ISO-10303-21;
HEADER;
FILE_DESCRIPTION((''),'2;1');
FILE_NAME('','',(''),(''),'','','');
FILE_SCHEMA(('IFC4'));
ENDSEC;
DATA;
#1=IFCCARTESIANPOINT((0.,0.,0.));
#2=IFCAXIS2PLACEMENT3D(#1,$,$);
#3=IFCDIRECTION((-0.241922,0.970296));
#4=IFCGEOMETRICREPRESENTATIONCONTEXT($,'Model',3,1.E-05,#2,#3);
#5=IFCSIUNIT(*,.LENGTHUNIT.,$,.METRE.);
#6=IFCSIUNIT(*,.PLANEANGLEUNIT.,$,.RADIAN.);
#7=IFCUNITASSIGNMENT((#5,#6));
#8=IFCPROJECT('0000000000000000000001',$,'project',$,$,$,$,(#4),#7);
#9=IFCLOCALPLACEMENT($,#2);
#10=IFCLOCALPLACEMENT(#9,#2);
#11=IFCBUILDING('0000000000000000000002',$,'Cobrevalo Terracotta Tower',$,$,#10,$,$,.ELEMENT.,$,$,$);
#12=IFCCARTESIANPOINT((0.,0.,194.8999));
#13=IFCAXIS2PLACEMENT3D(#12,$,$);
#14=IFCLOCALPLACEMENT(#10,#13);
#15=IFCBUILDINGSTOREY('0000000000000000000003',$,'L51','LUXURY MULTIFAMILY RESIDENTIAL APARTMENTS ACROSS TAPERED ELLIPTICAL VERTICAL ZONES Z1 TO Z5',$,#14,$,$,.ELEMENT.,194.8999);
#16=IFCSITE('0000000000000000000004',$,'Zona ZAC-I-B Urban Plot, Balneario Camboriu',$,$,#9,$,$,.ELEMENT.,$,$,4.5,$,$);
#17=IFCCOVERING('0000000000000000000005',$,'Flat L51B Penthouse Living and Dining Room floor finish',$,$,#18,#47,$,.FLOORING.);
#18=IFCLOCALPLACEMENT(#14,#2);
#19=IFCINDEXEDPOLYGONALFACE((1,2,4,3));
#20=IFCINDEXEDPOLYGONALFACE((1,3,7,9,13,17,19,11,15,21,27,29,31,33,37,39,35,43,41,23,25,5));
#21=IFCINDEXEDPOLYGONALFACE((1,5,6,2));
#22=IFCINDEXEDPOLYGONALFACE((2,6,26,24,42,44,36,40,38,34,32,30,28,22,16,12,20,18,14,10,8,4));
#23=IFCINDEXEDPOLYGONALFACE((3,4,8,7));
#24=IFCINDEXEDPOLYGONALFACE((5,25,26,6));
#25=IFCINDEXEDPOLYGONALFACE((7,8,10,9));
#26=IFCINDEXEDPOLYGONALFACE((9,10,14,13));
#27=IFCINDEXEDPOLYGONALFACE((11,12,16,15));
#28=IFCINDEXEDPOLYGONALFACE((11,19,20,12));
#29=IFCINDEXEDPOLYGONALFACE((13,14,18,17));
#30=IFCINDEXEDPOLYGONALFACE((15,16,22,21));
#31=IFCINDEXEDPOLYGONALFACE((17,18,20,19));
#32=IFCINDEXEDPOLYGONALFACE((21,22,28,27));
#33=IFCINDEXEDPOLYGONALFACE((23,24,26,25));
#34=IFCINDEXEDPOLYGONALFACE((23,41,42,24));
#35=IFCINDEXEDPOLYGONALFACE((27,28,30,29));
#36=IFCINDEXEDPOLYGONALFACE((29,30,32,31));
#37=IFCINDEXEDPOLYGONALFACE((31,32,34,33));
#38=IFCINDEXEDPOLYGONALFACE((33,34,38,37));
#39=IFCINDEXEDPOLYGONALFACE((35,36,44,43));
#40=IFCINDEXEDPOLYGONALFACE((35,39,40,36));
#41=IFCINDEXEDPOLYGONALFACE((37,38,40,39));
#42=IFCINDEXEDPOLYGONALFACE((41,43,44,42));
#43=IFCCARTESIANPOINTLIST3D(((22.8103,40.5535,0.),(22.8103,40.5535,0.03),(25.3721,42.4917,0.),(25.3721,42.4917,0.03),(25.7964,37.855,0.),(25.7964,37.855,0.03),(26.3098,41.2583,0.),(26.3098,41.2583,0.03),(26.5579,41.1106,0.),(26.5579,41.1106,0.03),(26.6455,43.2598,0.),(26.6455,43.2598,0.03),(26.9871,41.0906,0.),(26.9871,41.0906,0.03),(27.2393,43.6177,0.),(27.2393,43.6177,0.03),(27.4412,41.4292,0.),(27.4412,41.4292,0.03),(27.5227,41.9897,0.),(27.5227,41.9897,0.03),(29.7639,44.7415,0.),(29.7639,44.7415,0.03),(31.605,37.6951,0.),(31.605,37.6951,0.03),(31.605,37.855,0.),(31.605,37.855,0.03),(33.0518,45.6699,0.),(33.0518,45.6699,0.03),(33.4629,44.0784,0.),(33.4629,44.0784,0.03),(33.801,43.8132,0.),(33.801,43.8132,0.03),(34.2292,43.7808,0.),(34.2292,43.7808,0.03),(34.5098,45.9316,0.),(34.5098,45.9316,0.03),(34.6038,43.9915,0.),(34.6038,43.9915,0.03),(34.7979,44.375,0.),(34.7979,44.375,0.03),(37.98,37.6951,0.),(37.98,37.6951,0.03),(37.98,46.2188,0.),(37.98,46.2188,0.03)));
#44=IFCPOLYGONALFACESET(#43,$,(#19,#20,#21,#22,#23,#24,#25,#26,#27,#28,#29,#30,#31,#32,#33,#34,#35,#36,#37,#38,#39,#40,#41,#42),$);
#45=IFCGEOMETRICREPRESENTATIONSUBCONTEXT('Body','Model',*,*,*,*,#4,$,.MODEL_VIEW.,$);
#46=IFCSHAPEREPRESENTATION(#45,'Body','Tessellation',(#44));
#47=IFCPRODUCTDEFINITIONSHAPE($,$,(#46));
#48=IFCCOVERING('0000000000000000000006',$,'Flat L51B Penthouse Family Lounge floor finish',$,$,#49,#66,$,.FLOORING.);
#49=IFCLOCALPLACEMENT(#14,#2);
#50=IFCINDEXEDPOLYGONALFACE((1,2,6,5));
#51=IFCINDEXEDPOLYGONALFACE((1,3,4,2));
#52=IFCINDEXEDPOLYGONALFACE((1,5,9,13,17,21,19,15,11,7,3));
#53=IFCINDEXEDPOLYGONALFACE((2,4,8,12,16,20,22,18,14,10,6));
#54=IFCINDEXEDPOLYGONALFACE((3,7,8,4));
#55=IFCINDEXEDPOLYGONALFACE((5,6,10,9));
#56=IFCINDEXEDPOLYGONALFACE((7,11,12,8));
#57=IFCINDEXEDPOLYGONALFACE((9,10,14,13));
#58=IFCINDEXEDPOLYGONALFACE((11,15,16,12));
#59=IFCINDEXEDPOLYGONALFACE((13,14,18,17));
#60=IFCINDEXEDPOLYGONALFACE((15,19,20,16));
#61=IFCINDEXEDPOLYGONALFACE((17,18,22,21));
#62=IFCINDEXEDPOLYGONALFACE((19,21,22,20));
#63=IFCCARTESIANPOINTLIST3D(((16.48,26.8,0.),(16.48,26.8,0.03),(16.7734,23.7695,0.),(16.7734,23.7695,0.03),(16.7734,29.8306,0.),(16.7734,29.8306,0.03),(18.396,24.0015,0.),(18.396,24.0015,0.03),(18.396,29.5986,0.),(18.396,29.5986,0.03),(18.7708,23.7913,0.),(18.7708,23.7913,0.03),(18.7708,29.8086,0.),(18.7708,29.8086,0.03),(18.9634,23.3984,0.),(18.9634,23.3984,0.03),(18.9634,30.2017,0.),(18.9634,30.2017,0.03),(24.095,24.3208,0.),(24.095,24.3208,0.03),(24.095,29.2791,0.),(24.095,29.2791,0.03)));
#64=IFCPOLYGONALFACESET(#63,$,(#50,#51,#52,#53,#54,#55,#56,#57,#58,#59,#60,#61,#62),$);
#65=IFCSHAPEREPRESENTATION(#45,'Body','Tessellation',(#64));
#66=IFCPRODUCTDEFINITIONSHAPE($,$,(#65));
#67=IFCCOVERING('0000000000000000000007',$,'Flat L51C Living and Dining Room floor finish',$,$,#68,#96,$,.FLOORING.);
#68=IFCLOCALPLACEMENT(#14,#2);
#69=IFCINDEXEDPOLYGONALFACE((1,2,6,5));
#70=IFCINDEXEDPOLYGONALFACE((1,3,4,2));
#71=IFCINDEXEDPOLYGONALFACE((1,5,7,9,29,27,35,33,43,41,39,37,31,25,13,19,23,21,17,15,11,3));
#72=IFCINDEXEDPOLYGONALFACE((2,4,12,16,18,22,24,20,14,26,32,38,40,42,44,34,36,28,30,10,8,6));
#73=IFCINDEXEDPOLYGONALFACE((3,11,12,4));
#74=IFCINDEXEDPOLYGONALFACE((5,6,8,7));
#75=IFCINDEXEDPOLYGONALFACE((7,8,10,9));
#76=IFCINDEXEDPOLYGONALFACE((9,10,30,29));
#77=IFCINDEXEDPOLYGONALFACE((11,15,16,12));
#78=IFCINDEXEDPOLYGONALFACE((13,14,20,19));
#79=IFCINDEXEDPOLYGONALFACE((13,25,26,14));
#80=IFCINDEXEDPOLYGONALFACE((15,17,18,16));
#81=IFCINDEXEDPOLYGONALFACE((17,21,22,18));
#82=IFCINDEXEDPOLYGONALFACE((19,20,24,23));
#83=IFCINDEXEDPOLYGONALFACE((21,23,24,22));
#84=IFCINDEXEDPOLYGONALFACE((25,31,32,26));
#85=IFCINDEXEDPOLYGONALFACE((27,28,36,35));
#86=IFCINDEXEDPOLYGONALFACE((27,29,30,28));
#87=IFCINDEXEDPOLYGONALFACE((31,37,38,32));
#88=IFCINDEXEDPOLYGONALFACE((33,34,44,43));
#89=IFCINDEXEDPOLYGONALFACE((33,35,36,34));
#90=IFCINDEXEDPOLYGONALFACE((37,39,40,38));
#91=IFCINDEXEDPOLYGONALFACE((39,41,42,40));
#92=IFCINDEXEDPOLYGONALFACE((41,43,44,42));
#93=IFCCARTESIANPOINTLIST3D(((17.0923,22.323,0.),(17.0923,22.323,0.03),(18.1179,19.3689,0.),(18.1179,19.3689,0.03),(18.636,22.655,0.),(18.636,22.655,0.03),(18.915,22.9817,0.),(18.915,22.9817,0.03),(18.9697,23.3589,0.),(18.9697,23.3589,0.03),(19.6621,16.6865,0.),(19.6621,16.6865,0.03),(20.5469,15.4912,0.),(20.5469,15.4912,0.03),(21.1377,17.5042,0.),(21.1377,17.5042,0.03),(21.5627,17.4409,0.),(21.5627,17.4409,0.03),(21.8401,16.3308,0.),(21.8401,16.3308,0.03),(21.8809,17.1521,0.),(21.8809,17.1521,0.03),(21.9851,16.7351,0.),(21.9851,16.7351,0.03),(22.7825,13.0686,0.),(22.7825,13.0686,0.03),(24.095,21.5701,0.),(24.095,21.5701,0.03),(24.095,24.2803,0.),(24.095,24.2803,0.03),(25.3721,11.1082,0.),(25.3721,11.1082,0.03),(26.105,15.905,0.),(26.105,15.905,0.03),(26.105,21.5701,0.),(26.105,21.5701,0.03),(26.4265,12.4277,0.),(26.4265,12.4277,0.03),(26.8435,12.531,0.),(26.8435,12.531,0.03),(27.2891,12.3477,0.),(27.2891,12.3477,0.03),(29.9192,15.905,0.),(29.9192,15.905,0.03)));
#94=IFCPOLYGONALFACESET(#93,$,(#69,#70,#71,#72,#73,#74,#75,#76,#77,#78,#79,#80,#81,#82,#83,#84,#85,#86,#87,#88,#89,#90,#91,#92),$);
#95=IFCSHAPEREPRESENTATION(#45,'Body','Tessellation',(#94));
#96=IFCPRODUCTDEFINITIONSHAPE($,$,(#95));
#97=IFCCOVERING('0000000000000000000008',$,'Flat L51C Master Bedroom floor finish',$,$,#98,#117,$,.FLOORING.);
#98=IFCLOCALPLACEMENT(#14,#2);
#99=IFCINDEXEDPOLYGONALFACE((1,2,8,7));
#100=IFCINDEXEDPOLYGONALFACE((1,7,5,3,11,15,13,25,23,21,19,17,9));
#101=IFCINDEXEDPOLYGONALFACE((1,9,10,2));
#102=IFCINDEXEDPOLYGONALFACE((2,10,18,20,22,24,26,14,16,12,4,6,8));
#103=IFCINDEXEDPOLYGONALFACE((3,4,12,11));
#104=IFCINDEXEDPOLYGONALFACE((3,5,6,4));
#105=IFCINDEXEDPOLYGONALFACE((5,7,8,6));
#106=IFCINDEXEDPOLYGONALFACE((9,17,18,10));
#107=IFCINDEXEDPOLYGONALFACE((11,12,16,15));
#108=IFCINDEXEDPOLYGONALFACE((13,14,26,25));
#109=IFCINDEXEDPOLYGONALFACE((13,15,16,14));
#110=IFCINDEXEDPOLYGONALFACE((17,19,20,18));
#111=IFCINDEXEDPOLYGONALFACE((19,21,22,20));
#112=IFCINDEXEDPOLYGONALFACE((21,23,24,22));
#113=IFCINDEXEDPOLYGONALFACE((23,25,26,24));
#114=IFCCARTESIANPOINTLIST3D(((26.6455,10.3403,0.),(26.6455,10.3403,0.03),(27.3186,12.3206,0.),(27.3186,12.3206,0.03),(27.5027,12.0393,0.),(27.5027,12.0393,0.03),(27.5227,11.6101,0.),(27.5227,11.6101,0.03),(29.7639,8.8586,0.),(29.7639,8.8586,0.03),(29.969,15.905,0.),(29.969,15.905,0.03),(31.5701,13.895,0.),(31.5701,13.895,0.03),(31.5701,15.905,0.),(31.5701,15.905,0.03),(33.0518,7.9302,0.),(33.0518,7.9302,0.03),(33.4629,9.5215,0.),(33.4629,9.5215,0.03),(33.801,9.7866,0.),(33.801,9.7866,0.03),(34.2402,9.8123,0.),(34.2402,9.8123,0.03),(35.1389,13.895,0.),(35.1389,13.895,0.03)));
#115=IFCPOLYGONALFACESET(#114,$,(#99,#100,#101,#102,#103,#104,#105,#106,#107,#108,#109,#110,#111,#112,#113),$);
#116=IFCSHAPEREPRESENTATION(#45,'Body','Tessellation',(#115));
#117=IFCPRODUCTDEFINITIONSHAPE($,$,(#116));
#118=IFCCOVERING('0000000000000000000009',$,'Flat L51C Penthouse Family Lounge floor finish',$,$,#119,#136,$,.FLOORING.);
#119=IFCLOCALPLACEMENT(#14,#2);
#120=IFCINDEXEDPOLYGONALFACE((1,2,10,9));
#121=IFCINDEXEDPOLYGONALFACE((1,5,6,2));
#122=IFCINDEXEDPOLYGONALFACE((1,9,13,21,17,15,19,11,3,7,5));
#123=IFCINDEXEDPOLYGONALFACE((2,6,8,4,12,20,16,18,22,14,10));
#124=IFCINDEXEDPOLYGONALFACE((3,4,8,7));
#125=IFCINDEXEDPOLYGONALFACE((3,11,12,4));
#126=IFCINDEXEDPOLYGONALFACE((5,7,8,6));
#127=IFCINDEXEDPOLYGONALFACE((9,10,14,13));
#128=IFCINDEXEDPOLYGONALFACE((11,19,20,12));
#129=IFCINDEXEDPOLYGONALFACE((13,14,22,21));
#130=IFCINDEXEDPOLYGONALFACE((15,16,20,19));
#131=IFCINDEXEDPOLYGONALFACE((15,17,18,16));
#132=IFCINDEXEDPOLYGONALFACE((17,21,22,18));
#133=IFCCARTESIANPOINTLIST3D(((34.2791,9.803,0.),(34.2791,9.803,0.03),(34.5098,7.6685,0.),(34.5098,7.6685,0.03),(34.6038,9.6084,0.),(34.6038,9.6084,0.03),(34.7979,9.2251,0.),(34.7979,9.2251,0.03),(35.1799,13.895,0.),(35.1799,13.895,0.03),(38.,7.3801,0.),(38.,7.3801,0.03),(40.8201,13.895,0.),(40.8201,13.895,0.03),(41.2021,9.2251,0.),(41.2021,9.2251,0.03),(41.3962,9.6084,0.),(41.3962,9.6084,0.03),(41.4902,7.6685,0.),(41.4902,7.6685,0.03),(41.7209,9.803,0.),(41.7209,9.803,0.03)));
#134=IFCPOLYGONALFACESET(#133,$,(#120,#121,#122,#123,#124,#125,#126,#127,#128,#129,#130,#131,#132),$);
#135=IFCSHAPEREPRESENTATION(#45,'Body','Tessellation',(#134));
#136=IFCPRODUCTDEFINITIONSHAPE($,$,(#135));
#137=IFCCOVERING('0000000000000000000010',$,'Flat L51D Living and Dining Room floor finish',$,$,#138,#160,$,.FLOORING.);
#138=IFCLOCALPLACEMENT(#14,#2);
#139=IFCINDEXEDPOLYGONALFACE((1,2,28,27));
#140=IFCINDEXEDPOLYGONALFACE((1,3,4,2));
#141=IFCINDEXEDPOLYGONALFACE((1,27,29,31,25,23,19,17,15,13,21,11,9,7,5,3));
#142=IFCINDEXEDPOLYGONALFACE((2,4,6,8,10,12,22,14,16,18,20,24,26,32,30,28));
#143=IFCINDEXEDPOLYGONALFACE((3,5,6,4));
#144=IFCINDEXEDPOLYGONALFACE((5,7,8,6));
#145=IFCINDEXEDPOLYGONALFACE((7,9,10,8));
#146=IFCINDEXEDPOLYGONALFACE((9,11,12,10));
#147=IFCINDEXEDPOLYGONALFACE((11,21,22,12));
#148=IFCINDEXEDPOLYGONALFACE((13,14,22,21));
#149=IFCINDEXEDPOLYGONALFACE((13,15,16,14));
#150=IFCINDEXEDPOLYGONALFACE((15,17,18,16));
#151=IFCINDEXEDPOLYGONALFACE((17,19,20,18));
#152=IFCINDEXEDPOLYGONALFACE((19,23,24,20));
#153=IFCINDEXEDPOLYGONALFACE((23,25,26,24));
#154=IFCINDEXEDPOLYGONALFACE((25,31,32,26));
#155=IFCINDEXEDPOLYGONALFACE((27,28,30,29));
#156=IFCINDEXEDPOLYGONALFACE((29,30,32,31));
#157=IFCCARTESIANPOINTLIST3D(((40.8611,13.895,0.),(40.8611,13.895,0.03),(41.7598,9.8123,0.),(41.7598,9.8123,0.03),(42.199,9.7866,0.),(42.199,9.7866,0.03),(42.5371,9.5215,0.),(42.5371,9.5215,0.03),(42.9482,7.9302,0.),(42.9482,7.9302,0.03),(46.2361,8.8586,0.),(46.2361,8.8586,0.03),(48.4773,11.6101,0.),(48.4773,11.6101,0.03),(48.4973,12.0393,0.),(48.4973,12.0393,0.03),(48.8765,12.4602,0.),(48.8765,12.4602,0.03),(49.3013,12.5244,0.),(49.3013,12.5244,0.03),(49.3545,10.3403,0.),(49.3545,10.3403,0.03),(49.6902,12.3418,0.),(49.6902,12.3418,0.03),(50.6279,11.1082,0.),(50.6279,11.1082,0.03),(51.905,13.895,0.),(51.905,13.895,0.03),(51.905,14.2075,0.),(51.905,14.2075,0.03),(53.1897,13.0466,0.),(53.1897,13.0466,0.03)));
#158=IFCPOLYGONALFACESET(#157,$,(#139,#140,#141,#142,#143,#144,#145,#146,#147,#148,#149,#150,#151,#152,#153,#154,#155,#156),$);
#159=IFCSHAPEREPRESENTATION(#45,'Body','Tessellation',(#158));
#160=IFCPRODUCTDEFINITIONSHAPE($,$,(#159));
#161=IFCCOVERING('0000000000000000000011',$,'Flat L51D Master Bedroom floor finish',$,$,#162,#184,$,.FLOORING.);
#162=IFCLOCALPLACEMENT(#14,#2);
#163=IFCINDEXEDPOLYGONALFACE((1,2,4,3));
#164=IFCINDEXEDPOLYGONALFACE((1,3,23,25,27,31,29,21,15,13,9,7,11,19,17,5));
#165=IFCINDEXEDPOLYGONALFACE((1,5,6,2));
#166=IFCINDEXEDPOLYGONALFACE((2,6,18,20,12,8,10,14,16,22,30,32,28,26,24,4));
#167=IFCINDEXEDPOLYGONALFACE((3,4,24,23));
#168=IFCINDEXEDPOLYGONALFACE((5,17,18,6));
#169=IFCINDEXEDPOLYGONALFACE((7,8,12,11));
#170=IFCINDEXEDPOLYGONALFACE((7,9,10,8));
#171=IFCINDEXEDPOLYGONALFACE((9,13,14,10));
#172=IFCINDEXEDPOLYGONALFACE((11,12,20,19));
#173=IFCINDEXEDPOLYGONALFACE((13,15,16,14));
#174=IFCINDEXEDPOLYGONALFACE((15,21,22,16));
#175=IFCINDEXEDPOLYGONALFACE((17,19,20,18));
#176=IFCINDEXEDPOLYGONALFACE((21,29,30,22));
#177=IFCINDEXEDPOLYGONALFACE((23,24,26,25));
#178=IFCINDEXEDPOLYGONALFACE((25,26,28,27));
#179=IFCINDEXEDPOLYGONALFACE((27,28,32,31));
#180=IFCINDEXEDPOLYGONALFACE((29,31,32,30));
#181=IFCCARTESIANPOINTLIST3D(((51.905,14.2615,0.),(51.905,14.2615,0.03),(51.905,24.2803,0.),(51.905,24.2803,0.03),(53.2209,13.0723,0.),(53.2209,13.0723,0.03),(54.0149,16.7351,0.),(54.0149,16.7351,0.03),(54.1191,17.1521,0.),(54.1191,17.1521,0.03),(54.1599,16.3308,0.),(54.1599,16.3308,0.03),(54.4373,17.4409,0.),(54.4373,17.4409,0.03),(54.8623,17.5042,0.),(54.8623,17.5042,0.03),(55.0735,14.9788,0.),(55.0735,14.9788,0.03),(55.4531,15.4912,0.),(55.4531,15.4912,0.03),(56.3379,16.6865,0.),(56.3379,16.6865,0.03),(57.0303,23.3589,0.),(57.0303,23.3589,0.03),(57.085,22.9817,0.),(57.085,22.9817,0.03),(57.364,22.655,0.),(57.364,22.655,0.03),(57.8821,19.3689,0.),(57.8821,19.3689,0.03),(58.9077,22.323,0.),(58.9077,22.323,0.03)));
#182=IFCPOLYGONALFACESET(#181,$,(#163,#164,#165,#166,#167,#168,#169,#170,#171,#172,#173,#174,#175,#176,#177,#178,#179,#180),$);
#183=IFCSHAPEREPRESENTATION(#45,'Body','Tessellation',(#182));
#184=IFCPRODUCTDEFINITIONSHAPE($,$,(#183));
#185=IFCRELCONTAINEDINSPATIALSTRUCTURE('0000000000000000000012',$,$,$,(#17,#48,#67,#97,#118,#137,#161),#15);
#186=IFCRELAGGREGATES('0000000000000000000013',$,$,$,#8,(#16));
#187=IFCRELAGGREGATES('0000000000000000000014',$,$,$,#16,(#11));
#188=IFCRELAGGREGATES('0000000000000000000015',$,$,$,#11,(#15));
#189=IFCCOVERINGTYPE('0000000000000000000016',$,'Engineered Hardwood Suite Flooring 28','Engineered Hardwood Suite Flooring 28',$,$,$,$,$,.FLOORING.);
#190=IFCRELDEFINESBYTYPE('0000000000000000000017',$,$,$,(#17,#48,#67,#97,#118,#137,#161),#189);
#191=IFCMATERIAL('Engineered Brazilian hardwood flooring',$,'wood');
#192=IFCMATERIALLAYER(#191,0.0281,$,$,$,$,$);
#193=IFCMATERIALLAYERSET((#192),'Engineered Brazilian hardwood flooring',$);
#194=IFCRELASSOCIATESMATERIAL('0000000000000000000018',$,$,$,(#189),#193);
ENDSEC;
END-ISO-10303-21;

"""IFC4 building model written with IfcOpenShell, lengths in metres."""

from ifc_helpers import new_model, si_unit, direction, frame, origin, place, context, subcontext, project, spatial, polyline, outline, extrude, material, layer, layer_set, type_object, element, save


model = new_model("IFC4")

# Units and contexts
model_context = context("Model", 3, precision=1e-05, world=origin(), true_north=direction((-0.241922, 0.970296)))
body_context = subcontext(model_context, "Body", "Model", "MODEL_VIEW")
ifc_project = project(units=[si_unit("LENGTHUNIT", "METRE"), si_unit("PLANEANGLEUNIT", "RADIAN")], contexts=[model_context])

# Site, building, storey
site_placement = place(None, origin())
site = spatial("IfcSite", under=ifc_project, at=site_placement, Name="Zona ZAC-I-B Urban Plot, Balneario Camboriu", CompositionType="ELEMENT", RefElevation=4.5)
building_placement = place(site_placement, origin())
building = spatial("IfcBuilding", under=site, at=building_placement, Name="Cobrevalo Terracotta Tower", CompositionType="ELEMENT")
storey_placement = place(building_placement, frame((0.0, 0.0, 194.8999)))
storey = spatial("IfcBuildingStorey", under=building, at=storey_placement, Name="L51", Description="LUXURY MULTIFAMILY RESIDENTIAL APARTMENTS ACROSS TAPERED ELLIPTICAL VERTICAL ZONES Z1 TO Z5", CompositionType="ELEMENT", Elevation=194.8999)

# Coverings
ifc_material_1 = material(Name="Engineered Brazilian hardwood flooring", Category="wood")
ifc_layer_1 = layer(ifc_material_1, 0.0281)
ifc_layer_set_1 = layer_set([ifc_layer_1], Name="Engineered Brazilian hardwood flooring")
covering_type_1 = type_object("IfcCoveringType", Name="Engineered Hardwood Suite Flooring 28", Description="Engineered Hardwood Suite Flooring 28", PredefinedType="FLOORING", material=ifc_layer_set_1)
covering_1_placement = place(storey_placement, origin())
element("IfcCovering", 1, at=covering_1_placement, inside=storey, type_object=covering_type_1, Name="Flat L51B Penthouse Living and Dining Room floor finish", PredefinedType="FLOORING", context=body_context, shape_type="SweptSolid", body=[
    extrude(outline(polyline([(25.3721, 42.4917), (26.3098, 41.2583), (26.5579, 41.1106), (26.9871, 41.0906), (27.4412, 41.4292), (27.5227, 41.9897), (26.6455, 43.2598), (27.2393, 43.6177), (29.7639, 44.7415), (33.0518, 45.6699), (33.4629, 44.0784), (33.801, 43.8132), (34.2292, 43.7808), (34.6038, 43.9915), (34.7979, 44.375), (34.5098, 45.9316), (37.98, 46.2188), (37.98, 37.6951), (31.605, 37.6951), (31.605, 37.855), (25.7964, 37.855), (22.8103, 40.5535), (25.3721, 42.4917)])), origin(), (0.0, 0.0, 1.0), 0.03),
])
covering_2_placement = place(storey_placement, origin())
element("IfcCovering", 2, at=covering_2_placement, inside=storey, type_object=covering_type_1, Name="Flat L51B Penthouse Family Lounge floor finish", PredefinedType="FLOORING", context=body_context, shape_type="SweptSolid", body=[
    extrude(outline(polyline([(16.7734, 29.8306), (18.396, 29.5986), (18.7708, 29.8086), (18.9634, 30.2017), (24.095, 29.2791), (24.095, 24.3208), (18.9634, 23.3984), (18.7708, 23.7913), (18.396, 24.0015), (16.7734, 23.7695), (16.48, 26.8), (16.7734, 29.8306)])), origin(), (0.0, 0.0, 1.0), 0.03),
])
covering_3_placement = place(storey_placement, origin())
element("IfcCovering", 3, at=covering_3_placement, inside=storey, type_object=covering_type_1, Name="Flat L51C Living and Dining Room floor finish", PredefinedType="FLOORING", context=body_context, shape_type="SweptSolid", body=[
    extrude(outline(polyline([(22.7825, 13.0686), (20.5469, 15.4912), (21.8401, 16.3308), (21.9851, 16.7351), (21.8809, 17.1521), (21.5627, 17.4409), (21.1377, 17.5042), (19.6621, 16.6865), (18.1179, 19.3689), (17.0923, 22.323), (18.636, 22.655), (18.915, 22.9817), (18.9697, 23.3589), (24.095, 24.2803), (24.095, 21.5701), (26.105, 21.5701), (26.105, 15.905), (29.9192, 15.905), (27.2891, 12.3477), (26.8435, 12.531), (26.4265, 12.4277), (25.3721, 11.1082), (22.7825, 13.0686)])), origin(), (0.0, 0.0, 1.0), 0.03),
])
covering_4_placement = place(storey_placement, origin())
element("IfcCovering", 4, at=covering_4_placement, inside=storey, type_object=covering_type_1, Name="Flat L51C Master Bedroom floor finish", PredefinedType="FLOORING", context=body_context, shape_type="SweptSolid", body=[
    extrude(outline(polyline([(29.7639, 8.8586), (26.6455, 10.3403), (27.5227, 11.6101), (27.5027, 12.0393), (27.3186, 12.3206), (29.969, 15.905), (31.5701, 15.905), (31.5701, 13.895), (35.1389, 13.895), (34.2402, 9.8123), (33.801, 9.7866), (33.4629, 9.5215), (33.0518, 7.9302), (29.7639, 8.8586)])), origin(), (0.0, 0.0, 1.0), 0.03),
])
covering_5_placement = place(storey_placement, origin())
element("IfcCovering", 5, at=covering_5_placement, inside=storey, type_object=covering_type_1, Name="Flat L51C Penthouse Family Lounge floor finish", PredefinedType="FLOORING", context=body_context, shape_type="SweptSolid", body=[
    extrude(outline(polyline([(34.5098, 7.6685), (34.7979, 9.2251), (34.6038, 9.6084), (34.2791, 9.803), (35.1799, 13.895), (40.8201, 13.895), (41.7209, 9.803), (41.3962, 9.6084), (41.2021, 9.2251), (41.4902, 7.6685), (38.0, 7.3801), (34.5098, 7.6685)])), origin(), (0.0, 0.0, 1.0), 0.03),
])
covering_6_placement = place(storey_placement, origin())
element("IfcCovering", 6, at=covering_6_placement, inside=storey, type_object=covering_type_1, Name="Flat L51D Living and Dining Room floor finish", PredefinedType="FLOORING", context=body_context, shape_type="SweptSolid", body=[
    extrude(outline(polyline([(50.6279, 11.1082), (49.6902, 12.3418), (49.3013, 12.5244), (48.8765, 12.4602), (48.4973, 12.0393), (48.4773, 11.6101), (49.3545, 10.3403), (46.2361, 8.8586), (42.9482, 7.9302), (42.5371, 9.5215), (42.199, 9.7866), (41.7598, 9.8123), (40.8611, 13.895), (51.905, 13.895), (51.905, 14.2075), (53.1897, 13.0466), (50.6279, 11.1082)])), origin(), (0.0, 0.0, 1.0), 0.03),
])
covering_7_placement = place(storey_placement, origin())
element("IfcCovering", 7, at=covering_7_placement, inside=storey, type_object=covering_type_1, Name="Flat L51D Master Bedroom floor finish", PredefinedType="FLOORING", context=body_context, shape_type="SweptSolid", body=[
    extrude(outline(polyline([(51.905, 14.2615), (51.905, 24.2803), (57.0303, 23.3589), (57.085, 22.9817), (57.364, 22.655), (58.9077, 22.323), (57.8821, 19.3689), (56.3379, 16.6865), (54.8623, 17.5042), (54.4373, 17.4409), (54.1191, 17.1521), (54.0149, 16.7351), (54.1599, 16.3308), (55.4531, 15.4912), (55.0735, 14.9788), (53.2209, 13.0723), (51.905, 14.2615)])), origin(), (0.0, 0.0, 1.0), 0.03),
])

save(model, "model.ifc")
